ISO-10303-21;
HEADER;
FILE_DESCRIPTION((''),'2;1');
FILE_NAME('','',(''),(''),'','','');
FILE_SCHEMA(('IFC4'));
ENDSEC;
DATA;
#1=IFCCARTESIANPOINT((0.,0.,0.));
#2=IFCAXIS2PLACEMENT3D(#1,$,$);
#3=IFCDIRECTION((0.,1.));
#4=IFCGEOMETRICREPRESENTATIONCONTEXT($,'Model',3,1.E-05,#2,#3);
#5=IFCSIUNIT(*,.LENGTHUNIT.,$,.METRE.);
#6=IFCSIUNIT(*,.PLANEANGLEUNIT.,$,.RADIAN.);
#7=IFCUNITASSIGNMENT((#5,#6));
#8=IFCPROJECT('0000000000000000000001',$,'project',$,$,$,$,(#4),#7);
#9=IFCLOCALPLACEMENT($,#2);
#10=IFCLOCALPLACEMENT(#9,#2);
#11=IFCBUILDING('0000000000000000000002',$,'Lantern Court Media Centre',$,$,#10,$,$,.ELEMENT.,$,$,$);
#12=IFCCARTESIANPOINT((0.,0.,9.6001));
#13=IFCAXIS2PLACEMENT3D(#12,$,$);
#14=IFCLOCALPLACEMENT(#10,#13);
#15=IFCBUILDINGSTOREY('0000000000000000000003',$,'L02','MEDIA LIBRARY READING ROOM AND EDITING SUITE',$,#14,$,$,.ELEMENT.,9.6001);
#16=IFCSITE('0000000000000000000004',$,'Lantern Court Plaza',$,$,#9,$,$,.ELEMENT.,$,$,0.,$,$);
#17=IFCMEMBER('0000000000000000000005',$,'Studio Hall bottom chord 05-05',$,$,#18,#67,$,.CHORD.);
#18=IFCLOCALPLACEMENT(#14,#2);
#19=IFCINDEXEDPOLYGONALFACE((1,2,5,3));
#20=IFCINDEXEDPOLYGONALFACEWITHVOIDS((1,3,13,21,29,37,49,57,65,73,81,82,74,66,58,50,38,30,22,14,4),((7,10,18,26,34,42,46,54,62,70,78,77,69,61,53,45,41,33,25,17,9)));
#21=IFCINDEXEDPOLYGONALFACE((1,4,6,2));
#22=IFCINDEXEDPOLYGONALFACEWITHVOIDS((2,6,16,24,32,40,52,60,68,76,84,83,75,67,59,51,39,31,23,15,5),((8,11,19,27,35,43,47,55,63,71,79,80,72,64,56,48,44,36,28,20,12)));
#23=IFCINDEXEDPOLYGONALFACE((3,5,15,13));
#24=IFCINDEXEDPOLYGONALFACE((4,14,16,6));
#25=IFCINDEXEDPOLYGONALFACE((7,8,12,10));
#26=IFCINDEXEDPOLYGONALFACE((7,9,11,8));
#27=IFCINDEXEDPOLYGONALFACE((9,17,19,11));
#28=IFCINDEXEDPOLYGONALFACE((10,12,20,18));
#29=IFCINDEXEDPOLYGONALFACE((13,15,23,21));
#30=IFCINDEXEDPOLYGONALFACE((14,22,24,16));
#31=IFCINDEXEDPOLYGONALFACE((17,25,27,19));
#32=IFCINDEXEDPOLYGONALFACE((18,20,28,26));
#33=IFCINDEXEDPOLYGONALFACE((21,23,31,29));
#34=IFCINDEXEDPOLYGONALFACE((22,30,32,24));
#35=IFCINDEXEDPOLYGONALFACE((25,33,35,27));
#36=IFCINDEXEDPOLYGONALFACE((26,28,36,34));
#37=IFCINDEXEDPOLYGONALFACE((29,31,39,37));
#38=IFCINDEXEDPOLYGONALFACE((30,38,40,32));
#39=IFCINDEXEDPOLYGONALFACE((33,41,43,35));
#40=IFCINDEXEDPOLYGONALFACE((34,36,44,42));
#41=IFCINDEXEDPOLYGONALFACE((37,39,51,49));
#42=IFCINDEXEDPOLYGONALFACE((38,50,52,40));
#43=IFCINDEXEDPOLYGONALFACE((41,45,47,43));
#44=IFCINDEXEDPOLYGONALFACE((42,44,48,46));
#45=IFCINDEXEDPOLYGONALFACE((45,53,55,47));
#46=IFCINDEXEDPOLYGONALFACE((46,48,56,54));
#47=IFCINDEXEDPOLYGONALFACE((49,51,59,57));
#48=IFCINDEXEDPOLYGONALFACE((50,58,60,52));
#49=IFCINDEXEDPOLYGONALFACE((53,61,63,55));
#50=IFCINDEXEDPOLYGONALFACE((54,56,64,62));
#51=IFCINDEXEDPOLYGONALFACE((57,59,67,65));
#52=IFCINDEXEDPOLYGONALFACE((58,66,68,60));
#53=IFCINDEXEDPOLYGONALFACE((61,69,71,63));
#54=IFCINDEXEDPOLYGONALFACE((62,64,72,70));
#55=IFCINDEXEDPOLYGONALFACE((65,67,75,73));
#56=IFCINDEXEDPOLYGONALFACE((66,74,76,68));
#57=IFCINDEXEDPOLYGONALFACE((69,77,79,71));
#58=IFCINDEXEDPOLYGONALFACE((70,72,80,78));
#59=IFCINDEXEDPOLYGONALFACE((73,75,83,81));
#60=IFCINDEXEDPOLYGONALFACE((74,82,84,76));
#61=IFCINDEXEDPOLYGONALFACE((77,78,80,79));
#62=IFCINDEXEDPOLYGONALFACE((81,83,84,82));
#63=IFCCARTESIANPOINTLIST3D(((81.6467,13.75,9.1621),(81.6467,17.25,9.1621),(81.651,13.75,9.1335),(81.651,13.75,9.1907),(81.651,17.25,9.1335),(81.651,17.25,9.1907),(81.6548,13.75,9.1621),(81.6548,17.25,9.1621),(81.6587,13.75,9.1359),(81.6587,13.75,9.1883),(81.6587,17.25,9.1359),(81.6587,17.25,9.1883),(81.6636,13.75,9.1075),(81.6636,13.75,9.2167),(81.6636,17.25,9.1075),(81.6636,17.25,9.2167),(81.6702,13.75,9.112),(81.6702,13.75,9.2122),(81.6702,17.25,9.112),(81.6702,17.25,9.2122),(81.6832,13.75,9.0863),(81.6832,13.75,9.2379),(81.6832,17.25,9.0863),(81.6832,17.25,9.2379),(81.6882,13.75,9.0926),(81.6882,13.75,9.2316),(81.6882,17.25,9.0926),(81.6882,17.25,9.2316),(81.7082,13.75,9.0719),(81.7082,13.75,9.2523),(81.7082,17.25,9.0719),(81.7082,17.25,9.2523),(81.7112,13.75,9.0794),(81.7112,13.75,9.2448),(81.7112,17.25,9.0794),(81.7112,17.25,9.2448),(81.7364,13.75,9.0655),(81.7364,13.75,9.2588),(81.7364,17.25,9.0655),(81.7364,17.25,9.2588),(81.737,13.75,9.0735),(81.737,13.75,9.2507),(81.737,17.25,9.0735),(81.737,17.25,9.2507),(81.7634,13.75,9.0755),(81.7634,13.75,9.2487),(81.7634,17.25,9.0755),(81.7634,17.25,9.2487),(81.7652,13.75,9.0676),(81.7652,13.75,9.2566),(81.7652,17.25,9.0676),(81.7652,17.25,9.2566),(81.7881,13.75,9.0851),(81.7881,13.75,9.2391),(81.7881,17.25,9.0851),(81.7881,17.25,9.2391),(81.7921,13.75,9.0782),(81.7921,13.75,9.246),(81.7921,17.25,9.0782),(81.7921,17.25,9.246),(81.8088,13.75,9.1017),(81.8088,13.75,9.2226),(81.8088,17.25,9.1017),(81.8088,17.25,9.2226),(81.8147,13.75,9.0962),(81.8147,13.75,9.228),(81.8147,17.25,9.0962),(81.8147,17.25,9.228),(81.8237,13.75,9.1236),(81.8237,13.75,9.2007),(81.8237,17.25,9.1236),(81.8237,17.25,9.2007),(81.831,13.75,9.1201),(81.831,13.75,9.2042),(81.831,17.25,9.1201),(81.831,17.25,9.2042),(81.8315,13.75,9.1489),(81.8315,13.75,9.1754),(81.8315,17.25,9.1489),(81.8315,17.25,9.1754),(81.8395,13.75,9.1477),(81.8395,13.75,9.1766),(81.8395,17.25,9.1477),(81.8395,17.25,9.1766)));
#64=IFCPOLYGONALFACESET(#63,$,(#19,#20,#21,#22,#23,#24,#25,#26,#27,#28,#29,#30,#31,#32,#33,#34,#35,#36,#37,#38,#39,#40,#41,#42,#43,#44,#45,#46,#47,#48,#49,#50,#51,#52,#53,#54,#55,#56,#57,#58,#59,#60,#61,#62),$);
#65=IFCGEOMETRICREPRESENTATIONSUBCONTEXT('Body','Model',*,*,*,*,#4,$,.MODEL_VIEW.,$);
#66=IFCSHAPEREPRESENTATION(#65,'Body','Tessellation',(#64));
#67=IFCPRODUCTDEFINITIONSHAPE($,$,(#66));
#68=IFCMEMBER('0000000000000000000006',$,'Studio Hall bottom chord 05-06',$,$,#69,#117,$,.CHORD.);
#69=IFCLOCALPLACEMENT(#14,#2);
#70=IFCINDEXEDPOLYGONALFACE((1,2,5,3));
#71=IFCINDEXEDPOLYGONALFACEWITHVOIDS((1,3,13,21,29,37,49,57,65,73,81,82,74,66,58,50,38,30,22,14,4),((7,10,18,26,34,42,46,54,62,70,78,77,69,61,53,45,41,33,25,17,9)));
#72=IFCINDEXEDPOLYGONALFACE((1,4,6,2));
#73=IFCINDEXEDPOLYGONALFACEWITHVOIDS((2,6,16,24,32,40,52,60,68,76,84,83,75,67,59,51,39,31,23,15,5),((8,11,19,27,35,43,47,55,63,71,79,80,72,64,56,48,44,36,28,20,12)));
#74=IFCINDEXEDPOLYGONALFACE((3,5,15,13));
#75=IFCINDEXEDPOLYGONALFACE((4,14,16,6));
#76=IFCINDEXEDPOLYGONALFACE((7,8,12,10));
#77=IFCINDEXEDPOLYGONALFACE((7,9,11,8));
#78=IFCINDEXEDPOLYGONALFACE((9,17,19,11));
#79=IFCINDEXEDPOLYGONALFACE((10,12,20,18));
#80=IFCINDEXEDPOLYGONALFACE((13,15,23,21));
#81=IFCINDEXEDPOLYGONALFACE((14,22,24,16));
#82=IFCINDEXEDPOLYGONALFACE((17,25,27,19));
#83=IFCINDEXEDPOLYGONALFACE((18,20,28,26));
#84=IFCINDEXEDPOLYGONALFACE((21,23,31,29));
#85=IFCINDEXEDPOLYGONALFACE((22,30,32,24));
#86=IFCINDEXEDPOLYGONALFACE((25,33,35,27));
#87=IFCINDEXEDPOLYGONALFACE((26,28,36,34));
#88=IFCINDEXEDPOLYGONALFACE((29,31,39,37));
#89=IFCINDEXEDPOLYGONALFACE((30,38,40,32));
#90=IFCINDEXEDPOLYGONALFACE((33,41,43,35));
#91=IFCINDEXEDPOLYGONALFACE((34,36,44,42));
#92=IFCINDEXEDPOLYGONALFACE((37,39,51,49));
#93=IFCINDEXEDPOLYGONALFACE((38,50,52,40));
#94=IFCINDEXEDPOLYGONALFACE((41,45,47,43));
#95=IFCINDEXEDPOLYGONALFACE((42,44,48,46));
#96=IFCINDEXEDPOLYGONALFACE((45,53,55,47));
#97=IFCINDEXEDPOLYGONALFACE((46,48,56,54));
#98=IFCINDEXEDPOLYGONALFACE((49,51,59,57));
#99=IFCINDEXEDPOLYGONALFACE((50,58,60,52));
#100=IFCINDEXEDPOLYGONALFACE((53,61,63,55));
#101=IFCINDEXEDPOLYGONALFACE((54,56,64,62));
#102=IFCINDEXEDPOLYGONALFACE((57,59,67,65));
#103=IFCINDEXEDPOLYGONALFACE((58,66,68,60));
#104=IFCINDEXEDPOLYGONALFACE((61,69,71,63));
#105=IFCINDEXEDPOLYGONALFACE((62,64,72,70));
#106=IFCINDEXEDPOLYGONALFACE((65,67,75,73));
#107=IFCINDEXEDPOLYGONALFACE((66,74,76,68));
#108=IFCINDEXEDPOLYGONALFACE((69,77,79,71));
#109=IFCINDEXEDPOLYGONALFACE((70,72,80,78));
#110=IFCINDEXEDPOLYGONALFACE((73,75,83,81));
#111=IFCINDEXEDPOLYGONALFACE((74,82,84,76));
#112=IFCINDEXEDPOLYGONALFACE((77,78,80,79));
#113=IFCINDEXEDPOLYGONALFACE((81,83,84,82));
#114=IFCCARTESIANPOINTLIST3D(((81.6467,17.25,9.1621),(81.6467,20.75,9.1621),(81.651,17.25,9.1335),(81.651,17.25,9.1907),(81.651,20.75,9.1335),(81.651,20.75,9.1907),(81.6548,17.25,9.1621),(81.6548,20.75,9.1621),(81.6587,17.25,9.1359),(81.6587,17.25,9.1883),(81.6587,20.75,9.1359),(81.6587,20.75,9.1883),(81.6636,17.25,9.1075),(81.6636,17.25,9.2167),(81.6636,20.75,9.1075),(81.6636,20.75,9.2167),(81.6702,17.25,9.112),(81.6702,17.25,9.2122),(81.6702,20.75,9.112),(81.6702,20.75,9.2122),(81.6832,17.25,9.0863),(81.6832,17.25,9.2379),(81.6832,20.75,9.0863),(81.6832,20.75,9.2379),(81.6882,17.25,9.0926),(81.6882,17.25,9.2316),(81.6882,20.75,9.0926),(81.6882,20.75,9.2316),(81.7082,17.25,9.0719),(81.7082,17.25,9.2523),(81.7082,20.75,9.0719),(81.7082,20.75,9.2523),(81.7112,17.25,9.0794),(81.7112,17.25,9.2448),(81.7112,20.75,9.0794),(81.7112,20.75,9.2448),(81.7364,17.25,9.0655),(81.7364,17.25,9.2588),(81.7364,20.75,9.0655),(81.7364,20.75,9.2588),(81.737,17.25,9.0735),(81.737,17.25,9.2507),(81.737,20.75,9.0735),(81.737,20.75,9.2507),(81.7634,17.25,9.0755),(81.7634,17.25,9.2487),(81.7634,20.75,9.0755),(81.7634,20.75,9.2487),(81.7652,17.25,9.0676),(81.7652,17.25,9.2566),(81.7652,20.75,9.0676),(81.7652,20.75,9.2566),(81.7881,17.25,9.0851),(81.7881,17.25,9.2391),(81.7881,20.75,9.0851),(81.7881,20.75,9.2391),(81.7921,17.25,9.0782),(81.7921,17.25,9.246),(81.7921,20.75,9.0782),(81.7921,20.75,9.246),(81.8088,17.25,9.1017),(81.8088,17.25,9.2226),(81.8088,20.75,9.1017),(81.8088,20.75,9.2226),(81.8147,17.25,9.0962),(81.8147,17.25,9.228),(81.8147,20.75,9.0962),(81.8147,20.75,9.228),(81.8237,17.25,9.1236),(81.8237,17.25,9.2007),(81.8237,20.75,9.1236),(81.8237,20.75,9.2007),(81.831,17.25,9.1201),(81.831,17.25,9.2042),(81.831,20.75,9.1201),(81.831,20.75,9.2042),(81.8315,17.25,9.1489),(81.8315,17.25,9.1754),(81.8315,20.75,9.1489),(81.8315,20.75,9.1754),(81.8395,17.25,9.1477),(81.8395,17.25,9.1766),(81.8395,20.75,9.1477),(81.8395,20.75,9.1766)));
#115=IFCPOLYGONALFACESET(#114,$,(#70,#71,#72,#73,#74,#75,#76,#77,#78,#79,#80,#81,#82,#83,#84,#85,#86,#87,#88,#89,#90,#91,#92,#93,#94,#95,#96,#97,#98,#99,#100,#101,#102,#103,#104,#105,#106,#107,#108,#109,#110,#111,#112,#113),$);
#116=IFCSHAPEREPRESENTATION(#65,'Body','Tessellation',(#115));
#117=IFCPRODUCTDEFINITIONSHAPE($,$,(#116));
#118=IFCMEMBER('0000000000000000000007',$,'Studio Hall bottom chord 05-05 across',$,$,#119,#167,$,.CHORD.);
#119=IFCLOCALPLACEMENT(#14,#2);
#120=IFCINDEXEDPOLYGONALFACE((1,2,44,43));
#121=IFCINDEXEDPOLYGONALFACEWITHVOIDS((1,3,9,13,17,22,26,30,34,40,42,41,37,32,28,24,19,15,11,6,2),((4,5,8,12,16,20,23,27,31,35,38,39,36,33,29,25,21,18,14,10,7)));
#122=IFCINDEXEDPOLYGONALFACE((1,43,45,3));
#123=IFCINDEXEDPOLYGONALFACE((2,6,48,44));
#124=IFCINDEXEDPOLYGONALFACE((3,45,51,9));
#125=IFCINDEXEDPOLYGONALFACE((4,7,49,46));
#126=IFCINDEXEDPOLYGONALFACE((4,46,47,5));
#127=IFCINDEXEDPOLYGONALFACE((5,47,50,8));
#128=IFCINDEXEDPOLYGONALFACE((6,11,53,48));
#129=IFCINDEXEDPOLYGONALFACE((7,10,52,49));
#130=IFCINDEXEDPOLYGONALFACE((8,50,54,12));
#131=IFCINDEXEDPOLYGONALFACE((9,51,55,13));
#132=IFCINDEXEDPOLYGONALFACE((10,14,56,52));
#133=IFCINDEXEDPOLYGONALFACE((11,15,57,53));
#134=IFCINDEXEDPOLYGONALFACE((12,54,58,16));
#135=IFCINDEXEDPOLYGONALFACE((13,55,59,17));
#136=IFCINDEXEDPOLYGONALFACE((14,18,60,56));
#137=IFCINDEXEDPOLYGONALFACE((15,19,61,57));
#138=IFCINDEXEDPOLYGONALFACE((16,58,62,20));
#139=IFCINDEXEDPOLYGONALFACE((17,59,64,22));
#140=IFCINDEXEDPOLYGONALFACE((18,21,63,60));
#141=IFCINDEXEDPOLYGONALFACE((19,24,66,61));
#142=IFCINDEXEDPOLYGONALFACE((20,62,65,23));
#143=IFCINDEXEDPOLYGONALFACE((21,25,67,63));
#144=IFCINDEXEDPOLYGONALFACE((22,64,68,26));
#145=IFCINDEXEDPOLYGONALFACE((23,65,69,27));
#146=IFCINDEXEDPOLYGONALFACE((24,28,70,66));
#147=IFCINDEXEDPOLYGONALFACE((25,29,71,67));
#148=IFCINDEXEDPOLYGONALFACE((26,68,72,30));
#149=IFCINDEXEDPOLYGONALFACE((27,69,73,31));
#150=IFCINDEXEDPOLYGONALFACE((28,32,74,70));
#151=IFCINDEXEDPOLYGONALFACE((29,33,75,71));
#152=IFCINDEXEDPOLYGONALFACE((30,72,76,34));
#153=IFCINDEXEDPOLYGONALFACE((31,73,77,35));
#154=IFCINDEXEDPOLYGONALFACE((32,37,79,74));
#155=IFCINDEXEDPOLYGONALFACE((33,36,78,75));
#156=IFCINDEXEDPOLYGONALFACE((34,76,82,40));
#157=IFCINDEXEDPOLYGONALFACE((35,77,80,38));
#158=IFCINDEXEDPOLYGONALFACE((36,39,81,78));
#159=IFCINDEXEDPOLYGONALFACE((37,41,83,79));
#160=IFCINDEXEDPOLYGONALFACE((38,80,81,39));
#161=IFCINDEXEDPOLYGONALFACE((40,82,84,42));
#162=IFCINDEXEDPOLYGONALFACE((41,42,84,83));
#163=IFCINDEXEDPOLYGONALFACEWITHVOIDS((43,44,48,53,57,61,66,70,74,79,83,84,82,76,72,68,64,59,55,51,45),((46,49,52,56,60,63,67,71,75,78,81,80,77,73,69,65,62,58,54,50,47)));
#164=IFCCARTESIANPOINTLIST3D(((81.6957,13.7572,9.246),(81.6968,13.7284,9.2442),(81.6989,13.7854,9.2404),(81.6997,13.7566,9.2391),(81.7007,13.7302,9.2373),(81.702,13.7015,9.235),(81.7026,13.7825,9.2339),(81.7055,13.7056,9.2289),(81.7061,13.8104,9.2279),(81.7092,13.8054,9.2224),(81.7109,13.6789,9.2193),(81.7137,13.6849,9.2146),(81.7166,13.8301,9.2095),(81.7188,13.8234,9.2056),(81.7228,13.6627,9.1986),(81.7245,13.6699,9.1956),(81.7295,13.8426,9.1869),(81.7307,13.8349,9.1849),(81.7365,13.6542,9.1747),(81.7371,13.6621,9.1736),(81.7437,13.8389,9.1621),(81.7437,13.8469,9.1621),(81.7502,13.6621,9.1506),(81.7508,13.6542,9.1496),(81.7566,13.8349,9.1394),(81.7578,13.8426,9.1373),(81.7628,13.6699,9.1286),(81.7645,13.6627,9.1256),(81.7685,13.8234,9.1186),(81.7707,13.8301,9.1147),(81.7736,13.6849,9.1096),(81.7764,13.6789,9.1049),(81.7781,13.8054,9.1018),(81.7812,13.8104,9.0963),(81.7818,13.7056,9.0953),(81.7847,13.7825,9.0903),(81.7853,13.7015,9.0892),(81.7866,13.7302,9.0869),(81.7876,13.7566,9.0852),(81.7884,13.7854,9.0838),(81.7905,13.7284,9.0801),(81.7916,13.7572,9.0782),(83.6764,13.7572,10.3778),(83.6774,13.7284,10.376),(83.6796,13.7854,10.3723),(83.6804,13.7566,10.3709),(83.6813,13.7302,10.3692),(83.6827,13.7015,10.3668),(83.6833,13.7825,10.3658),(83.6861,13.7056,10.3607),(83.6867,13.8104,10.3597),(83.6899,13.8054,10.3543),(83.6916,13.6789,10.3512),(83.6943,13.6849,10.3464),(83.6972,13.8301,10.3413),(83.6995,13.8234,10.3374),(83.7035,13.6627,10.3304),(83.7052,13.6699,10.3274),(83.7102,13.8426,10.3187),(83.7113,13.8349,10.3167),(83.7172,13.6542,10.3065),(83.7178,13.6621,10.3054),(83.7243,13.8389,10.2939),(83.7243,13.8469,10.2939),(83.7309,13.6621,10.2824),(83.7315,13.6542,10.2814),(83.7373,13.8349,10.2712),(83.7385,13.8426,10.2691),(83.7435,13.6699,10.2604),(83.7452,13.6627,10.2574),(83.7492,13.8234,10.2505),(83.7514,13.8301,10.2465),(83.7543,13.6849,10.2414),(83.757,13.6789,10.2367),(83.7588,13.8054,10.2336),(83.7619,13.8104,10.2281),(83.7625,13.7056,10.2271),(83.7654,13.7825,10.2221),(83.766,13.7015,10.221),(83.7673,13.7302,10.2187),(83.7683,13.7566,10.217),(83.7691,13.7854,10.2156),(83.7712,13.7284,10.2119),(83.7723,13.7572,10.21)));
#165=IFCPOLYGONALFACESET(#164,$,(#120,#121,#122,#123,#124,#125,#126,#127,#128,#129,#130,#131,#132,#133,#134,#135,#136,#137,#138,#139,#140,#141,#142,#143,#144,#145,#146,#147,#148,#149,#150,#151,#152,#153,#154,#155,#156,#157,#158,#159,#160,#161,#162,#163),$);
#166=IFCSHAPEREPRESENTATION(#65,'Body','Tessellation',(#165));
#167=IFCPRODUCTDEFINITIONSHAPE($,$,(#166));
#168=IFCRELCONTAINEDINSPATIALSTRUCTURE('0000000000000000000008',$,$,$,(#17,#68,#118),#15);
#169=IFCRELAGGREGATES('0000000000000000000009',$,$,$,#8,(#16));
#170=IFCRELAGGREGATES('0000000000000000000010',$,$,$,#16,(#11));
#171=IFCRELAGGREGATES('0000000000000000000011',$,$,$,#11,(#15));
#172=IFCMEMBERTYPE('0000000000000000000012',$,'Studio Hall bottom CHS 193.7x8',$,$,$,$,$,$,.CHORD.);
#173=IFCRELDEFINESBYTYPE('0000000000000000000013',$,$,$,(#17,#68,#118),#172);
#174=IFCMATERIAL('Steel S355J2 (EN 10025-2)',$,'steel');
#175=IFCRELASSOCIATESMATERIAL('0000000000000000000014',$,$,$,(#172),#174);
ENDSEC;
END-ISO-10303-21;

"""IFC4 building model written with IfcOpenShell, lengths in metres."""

from ifc_helpers import new_model, si_unit, direction, frame, origin, origin_2d, place, context, subcontext, project, spatial, hollow_circle, extrude, material, material_profile, profile_set, type_object, element, save


model = new_model("IFC4")

# Units and contexts
model_context = context("Model", 3, precision=1e-05, world=origin(), true_north=direction((0.0, 1.0)))
body_context = subcontext(model_context, "Body", "Model", "MODEL_VIEW")
ifc_project = project(units=[si_unit("LENGTHUNIT", "METRE"), si_unit("PLANEANGLEUNIT", "RADIAN")], contexts=[model_context])

# Site, building, storey
site_placement = place(None, origin())
site = spatial("IfcSite", under=ifc_project, at=site_placement, Name="Lantern Court Plaza", CompositionType="ELEMENT", RefElevation=0.0)
building_placement = place(site_placement, origin())
building = spatial("IfcBuilding", under=site, at=building_placement, Name="Lantern Court Media Centre", CompositionType="ELEMENT")
storey_placement = place(building_placement, frame((0.0, 0.0, 9.6001)))
storey = spatial("IfcBuildingStorey", under=building, at=storey_placement, Name="L02", Description="MEDIA LIBRARY READING ROOM AND EDITING SUITE", CompositionType="ELEMENT", Elevation=9.6001)

# Members
ifc_material = material(Name="Steel S355J2 (EN 10025-2)", Category="steel")
ifc_material_profile_1 = material_profile(ifc_material, hollow_circle(Radius=0.0969, WallThickness=0.0081, at=origin_2d()), Name="Studio Hall bottom CHS 193.7x8")
ifc_profile_set_1 = profile_set([ifc_material_profile_1], Name="Steel S355J2 (EN 10025-2)")
member_type_1 = type_object("IfcMemberType", Name="Studio Hall bottom CHS 193.7x8", PredefinedType="CHORD", material=ifc_profile_set_1)
for number, where, z_axis, x_axis, name in (
    (1, (81.7437, 13.75, 9.1621), (0.0, 1.0, 0.0), (-1.0, 0.0, 0.0), "Studio Hall bottom chord 05-05"),
    (2, (81.7437, 17.25, 9.1621), (0.0, 1.0, 0.0), (-1.0, 0.0, 0.0), "Studio Hall bottom chord 05-06"),
):
    element("IfcMember", number, at=place(storey_placement, frame(where, z_axis=z_axis, x_axis=x_axis)), inside=storey, type_object=member_type_1, Name=name, PredefinedType="CHORD", context=body_context, shape_type="SweptSolid", body=[
        extrude(hollow_circle(Radius=0.0969, WallThickness=0.0081, at=origin_2d()), origin(), (0.0, 0.0, 1.0), 3.5),
    ])
for number, where, z_axis, x_axis, name in (
    (3, (81.7437, 13.75, 9.1621), (0.868243, 0.0, 0.496139), (0.0, 1.0, 0.0), "Studio Hall bottom chord 05-05 across"),
):
    element("IfcMember", number, at=place(storey_placement, frame(where, z_axis=z_axis, x_axis=x_axis)), inside=storey, type_object=member_type_1, Name=name, PredefinedType="CHORD", context=body_context, shape_type="SweptSolid", body=[
        extrude(hollow_circle(Radius=0.0969, WallThickness=0.0081, at=origin_2d()), origin(), (0.0, 0.0, 1.0), 2.2812),
    ])

save(model, "model.ifc")
